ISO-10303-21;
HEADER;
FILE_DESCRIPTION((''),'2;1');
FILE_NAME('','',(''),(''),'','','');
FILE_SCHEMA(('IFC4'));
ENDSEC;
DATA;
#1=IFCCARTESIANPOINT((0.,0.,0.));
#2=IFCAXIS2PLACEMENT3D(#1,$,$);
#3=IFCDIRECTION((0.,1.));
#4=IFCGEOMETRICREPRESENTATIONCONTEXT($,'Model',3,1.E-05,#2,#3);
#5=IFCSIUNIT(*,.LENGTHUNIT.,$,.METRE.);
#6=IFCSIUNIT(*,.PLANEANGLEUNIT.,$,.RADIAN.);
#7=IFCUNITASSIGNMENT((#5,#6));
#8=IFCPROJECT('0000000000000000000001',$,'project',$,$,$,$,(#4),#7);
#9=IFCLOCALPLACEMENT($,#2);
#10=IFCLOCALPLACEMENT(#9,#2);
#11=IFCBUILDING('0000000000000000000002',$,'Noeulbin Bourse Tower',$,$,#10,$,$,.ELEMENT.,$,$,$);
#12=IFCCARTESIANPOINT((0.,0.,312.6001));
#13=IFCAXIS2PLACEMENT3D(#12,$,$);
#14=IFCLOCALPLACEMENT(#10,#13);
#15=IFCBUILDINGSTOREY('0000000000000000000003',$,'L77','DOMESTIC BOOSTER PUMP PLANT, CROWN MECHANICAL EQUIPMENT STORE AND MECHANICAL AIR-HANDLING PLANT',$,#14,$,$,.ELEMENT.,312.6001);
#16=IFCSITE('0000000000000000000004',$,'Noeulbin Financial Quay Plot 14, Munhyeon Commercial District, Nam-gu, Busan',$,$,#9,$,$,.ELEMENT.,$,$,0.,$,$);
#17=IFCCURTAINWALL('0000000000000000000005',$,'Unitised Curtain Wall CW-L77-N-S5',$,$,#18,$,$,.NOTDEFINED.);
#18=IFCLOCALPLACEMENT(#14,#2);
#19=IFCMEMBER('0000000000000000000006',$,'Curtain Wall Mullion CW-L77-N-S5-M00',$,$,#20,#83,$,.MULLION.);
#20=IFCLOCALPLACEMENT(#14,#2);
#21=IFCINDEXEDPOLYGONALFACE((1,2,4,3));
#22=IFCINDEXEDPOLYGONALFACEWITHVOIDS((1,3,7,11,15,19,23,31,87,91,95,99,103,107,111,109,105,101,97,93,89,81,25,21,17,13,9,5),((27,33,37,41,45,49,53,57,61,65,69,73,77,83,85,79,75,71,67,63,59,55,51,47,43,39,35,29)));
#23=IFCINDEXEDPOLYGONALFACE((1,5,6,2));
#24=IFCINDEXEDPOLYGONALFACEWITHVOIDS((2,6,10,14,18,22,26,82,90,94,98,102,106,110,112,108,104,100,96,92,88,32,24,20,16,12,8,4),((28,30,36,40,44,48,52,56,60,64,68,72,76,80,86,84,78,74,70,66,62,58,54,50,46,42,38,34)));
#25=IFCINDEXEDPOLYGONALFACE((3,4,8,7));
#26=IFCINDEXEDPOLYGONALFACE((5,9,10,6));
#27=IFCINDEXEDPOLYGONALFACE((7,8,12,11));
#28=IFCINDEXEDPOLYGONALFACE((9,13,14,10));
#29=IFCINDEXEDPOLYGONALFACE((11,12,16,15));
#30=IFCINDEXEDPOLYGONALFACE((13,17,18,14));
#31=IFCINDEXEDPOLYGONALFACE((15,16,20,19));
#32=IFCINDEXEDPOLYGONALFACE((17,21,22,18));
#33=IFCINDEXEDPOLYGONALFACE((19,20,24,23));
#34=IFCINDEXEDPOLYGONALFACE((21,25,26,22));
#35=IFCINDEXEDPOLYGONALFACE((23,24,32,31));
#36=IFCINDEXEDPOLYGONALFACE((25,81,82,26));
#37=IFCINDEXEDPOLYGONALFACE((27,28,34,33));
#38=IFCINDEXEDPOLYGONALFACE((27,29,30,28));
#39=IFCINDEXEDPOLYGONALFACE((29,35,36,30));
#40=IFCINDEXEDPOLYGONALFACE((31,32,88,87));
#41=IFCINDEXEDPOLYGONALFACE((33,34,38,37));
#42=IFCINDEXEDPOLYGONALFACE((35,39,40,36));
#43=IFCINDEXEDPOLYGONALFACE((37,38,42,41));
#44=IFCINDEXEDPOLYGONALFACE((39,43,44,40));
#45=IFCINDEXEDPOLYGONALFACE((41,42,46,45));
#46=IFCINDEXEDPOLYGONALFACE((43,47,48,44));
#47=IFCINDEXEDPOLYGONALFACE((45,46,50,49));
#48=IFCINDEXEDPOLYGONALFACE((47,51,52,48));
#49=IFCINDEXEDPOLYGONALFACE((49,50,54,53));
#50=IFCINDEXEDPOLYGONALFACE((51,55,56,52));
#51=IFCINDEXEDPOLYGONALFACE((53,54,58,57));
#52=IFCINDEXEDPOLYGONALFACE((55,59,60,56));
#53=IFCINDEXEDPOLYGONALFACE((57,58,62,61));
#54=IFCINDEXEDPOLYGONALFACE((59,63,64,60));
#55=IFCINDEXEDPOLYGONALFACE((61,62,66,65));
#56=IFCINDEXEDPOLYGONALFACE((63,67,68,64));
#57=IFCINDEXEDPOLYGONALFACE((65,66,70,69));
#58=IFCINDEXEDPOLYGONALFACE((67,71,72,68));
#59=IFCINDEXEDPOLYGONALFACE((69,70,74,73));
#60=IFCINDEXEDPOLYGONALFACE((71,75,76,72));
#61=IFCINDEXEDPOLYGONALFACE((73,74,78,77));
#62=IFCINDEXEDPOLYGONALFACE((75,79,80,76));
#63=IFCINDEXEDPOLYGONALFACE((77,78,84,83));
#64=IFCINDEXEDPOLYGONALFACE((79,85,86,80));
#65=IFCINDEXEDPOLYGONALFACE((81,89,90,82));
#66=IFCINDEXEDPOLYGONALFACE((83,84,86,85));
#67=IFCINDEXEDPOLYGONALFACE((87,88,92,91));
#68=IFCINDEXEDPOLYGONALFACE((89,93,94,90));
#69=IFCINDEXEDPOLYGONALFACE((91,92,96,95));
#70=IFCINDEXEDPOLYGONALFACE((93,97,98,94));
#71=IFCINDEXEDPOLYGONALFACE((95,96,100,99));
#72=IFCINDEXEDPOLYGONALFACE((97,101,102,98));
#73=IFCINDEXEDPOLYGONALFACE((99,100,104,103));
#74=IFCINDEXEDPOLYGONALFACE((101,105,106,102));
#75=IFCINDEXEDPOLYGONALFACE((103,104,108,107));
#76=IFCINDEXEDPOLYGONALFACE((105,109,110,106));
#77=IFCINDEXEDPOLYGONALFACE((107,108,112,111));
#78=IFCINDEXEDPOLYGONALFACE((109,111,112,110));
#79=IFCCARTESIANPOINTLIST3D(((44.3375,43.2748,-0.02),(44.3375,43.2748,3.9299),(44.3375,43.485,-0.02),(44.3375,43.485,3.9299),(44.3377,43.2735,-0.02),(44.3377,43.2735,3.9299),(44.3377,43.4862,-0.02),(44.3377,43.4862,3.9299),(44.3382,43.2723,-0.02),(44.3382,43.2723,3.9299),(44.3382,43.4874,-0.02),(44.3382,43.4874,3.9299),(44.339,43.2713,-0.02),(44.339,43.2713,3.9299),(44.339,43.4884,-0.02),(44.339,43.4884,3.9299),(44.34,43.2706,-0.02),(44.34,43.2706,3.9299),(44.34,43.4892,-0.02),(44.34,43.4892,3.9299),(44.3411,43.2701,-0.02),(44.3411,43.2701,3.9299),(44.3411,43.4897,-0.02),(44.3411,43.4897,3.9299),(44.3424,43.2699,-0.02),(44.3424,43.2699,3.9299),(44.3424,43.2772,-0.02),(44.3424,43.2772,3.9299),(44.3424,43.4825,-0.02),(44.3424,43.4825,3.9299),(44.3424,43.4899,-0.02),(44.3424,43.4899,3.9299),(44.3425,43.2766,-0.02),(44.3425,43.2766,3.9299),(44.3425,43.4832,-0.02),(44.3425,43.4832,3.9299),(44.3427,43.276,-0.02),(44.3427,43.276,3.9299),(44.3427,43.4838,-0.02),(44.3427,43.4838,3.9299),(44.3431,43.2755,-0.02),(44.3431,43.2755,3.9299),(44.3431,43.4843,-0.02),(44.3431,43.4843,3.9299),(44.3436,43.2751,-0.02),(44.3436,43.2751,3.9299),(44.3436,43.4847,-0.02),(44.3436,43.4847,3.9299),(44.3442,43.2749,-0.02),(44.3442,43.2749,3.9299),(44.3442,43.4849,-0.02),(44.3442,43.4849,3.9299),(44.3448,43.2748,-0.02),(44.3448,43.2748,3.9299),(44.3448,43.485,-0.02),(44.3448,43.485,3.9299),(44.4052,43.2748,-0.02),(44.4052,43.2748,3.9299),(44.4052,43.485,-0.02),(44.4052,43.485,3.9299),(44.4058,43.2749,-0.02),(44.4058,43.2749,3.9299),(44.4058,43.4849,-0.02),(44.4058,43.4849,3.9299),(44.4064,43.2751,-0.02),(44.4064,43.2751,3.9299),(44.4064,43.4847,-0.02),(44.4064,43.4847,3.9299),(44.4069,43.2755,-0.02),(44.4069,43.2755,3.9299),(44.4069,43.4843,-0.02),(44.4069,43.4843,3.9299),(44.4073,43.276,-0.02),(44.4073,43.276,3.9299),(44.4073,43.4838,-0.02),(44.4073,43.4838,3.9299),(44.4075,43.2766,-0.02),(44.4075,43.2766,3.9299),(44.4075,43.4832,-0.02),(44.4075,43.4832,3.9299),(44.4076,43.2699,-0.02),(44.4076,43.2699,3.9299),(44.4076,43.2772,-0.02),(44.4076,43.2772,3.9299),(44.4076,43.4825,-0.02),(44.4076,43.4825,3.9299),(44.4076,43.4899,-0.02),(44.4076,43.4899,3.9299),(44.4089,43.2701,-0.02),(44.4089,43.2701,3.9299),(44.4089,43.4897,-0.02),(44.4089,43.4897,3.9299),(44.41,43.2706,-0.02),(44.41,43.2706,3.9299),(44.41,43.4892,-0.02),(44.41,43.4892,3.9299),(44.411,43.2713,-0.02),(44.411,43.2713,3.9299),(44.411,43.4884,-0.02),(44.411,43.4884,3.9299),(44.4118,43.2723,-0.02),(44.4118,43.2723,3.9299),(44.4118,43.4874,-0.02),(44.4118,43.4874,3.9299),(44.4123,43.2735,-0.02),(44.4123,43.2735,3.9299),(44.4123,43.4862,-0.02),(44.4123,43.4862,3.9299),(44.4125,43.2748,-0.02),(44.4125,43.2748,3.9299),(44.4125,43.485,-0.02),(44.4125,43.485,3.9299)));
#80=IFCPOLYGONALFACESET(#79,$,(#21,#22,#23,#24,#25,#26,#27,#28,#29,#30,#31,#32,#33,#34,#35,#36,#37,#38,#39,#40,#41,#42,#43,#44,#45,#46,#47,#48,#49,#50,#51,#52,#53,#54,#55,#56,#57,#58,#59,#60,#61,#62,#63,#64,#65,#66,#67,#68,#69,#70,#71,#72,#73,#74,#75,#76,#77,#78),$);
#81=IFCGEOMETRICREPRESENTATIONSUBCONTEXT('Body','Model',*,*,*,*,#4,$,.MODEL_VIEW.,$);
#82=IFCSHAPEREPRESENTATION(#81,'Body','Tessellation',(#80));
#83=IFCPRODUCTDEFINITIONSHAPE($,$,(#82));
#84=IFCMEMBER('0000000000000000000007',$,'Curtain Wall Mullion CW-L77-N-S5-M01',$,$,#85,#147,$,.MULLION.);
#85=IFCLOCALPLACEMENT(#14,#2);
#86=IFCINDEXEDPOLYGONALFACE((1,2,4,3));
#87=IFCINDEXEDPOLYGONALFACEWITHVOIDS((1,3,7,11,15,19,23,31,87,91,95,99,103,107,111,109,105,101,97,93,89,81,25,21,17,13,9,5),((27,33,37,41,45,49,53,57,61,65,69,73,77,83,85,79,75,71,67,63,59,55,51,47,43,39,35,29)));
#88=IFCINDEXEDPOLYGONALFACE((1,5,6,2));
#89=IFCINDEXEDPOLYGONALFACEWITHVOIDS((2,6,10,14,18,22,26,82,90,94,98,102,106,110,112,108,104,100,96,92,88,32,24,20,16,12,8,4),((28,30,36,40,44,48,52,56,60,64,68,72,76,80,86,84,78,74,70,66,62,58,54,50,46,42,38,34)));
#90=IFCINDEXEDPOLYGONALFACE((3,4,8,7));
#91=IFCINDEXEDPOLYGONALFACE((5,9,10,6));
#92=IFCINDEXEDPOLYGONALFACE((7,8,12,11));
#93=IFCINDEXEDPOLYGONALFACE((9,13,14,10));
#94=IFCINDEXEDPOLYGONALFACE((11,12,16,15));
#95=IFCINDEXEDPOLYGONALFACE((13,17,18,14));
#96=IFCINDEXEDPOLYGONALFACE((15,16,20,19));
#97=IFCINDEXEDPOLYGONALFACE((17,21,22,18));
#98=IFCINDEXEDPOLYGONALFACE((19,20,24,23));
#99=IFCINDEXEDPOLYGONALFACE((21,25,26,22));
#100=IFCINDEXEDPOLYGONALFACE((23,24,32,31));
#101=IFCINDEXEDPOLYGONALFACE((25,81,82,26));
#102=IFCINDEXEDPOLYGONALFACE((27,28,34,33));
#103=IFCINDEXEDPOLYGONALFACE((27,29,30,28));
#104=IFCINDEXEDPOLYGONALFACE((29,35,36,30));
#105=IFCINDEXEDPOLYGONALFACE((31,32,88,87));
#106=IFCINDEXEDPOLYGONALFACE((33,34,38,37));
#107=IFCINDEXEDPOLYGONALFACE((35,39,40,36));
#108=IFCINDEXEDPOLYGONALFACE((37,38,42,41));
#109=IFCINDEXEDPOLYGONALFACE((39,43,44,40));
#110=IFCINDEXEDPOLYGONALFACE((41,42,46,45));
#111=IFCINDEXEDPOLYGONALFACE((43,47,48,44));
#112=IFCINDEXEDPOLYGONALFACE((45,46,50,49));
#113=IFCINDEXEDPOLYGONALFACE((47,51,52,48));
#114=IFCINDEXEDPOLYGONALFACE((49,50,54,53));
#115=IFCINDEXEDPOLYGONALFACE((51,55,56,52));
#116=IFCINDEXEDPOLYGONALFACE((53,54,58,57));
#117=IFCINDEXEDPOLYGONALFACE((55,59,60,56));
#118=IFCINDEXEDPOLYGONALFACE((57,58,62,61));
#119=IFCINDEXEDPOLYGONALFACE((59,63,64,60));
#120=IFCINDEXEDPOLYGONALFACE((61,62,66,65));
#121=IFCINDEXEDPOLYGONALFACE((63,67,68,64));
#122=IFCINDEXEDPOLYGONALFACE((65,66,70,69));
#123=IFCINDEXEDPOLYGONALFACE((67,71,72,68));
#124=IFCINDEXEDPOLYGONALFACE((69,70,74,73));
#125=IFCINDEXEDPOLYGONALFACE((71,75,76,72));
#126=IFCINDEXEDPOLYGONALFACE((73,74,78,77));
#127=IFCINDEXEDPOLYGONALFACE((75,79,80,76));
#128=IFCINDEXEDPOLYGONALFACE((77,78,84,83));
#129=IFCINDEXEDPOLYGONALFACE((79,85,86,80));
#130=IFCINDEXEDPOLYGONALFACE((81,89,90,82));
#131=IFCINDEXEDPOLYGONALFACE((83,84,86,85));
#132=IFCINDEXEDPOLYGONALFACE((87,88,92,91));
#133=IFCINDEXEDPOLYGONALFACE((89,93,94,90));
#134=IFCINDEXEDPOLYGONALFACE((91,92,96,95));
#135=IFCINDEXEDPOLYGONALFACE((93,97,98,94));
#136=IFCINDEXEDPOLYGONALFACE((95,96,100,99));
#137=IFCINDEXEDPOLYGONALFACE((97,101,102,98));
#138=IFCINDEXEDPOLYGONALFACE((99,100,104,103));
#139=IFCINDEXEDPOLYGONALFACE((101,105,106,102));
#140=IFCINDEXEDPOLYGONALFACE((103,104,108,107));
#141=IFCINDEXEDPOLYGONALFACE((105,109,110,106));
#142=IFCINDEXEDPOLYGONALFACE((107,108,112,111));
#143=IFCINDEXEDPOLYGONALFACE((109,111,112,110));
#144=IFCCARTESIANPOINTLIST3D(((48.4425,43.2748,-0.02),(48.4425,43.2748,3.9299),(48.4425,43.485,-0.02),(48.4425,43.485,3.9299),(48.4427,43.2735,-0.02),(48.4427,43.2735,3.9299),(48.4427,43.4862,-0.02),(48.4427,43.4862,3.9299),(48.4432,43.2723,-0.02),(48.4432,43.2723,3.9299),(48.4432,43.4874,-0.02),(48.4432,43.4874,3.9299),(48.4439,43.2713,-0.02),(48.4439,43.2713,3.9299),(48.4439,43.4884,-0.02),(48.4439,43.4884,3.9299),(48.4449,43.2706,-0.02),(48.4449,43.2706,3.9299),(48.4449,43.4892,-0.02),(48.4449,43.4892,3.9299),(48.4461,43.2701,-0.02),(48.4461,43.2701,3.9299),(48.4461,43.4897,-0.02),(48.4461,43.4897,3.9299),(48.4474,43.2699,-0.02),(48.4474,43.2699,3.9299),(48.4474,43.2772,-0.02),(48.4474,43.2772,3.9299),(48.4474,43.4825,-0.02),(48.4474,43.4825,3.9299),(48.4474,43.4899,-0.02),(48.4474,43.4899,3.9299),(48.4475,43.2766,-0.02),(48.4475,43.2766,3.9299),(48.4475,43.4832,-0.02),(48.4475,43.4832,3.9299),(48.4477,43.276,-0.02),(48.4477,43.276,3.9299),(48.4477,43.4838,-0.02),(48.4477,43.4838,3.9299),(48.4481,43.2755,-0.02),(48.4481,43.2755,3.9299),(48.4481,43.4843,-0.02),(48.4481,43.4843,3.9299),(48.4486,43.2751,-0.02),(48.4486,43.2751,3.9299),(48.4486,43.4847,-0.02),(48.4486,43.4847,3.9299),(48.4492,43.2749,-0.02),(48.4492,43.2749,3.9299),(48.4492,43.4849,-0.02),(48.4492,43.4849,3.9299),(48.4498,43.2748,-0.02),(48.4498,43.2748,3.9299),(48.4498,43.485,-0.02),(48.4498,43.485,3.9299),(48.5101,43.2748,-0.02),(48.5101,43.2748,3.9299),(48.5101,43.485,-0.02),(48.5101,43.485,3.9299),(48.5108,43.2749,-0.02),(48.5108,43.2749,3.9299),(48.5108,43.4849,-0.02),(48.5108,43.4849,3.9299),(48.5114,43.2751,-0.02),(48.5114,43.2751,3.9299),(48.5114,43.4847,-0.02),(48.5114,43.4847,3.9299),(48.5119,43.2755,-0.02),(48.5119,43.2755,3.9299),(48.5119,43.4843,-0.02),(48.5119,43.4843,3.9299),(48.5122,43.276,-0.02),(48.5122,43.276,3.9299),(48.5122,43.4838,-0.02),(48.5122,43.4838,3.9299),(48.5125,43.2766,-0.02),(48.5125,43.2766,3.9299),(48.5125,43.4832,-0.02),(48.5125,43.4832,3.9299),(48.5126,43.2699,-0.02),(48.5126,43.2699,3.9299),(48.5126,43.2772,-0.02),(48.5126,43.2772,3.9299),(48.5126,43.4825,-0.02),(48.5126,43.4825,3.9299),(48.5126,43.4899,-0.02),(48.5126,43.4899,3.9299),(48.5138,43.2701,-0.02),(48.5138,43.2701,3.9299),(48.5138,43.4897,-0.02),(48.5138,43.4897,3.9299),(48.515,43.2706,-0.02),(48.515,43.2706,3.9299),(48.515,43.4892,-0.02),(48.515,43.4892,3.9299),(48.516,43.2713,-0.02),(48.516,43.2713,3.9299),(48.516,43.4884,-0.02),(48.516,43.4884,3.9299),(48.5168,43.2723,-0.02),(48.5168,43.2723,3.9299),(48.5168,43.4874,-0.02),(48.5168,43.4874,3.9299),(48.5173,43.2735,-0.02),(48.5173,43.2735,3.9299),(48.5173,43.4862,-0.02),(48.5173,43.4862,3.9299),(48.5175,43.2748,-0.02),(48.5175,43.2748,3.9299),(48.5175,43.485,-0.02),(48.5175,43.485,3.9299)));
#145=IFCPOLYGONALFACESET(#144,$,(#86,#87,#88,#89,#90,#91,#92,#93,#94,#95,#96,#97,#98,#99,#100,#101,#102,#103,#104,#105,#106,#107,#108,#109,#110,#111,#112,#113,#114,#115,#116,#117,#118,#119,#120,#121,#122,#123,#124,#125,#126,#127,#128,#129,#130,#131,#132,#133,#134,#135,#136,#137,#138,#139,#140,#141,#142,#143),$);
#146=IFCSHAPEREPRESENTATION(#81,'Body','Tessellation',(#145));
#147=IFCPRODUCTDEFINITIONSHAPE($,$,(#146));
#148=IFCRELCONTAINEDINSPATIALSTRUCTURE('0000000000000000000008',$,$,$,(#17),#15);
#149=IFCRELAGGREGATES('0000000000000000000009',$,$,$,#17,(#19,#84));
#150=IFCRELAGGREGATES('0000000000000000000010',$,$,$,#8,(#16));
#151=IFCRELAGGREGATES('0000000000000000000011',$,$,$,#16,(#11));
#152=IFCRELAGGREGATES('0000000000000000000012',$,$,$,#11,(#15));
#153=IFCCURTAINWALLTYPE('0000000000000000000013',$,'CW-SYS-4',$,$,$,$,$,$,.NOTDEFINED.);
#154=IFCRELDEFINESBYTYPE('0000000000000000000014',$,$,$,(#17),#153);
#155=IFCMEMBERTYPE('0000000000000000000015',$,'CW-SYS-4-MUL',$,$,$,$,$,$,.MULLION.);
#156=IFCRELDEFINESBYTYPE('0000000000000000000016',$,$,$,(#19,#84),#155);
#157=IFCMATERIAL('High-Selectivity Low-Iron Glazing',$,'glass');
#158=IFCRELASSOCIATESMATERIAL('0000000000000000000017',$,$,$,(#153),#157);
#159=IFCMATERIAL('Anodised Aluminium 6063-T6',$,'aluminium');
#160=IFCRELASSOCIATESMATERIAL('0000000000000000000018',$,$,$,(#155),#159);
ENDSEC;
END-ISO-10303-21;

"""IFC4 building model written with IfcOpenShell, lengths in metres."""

from ifc_helpers import new_model, si_unit, direction, frame, origin, origin_2d, place, context, subcontext, project, spatial, hollow_rectangle, extrude, material, material_profile, profile_set, type_object, element, aggregate, save


model = new_model("IFC4")

# Units and contexts
model_context = context("Model", 3, precision=1e-05, world=origin(), true_north=direction((0.0, 1.0)))
body_context = subcontext(model_context, "Body", "Model", "MODEL_VIEW")
ifc_project = project(units=[si_unit("LENGTHUNIT", "METRE"), si_unit("PLANEANGLEUNIT", "RADIAN")], contexts=[model_context])

# Site, building, storey
site_placement = place(None, origin())
site = spatial("IfcSite", under=ifc_project, at=site_placement, Name="Noeulbin Financial Quay Plot 14, Munhyeon Commercial District, Nam-gu, Busan", CompositionType="ELEMENT", RefElevation=0.0)
building_placement = place(site_placement, origin())
building = spatial("IfcBuilding", under=site, at=building_placement, Name="Noeulbin Bourse Tower", CompositionType="ELEMENT")
storey_placement = place(building_placement, frame((0.0, 0.0, 312.6001)))
storey = spatial("IfcBuildingStorey", under=building, at=storey_placement, Name="L77", Description="DOMESTIC BOOSTER PUMP PLANT, CROWN MECHANICAL EQUIPMENT STORE AND MECHANICAL AIR-HANDLING PLANT", CompositionType="ELEMENT", Elevation=312.6001)

# Shared definitions
ifc_material_1 = material(Name="High-Selectivity Low-Iron Glazing", Category="glass")
curtain_wall_type = type_object("IfcCurtainWallType", Name="CW-SYS-4", PredefinedType="NOTDEFINED", material=ifc_material_1)
ifc_material_2 = material(Name="Anodised Aluminium 6063-T6", Category="aluminium")
ifc_material_profile_1 = material_profile(ifc_material_2, hollow_rectangle(XDim=0.075, YDim=0.22, WallThickness=0.0049, InnerFilletRadius=0.0024, OuterFilletRadius=0.0049, at=origin_2d()), Name="ALU-MULL-75x220x5", Category="LoadBearing")
ifc_profile_set_1 = profile_set([ifc_material_profile_1], Name="Anodised Aluminium 6063-T6")
member_type_1 = type_object("IfcMemberType", Name="CW-SYS-4-MUL", PredefinedType="MULLION", material=ifc_profile_set_1)

# Curtain wall, members
curtain_wall_1_placement = place(storey_placement, origin())
curtain_wall_1 = element("IfcCurtainWall", 1, at=curtain_wall_1_placement, inside=storey, type_object=curtain_wall_type, Name="Unitised Curtain Wall CW-L77-N-S5", PredefinedType="NOTDEFINED")
member_1_placement = place(storey_placement, frame((44.375, 43.3799, -0.02), z_axis=(0.0, 0.0, 1.0), x_axis=(1.0, 0.0, 0.0)))
member_1 = element("IfcMember", 2, at=member_1_placement, type_object=member_type_1, Name="Curtain Wall Mullion CW-L77-N-S5-M00", PredefinedType="MULLION", context=body_context, shape_type="SweptSolid", body=[
    extrude(hollow_rectangle(XDim=0.075, YDim=0.22, WallThickness=0.0049, InnerFilletRadius=0.0024, OuterFilletRadius=0.0049, at=origin_2d()), origin(), (0.0, 0.0, 1.0), 3.95),
])
member_2_placement = place(storey_placement, frame((48.48, 43.3799, -0.02), z_axis=(0.0, 0.0, 1.0), x_axis=(1.0, 0.0, 0.0)))
member_2 = element("IfcMember", 3, at=member_2_placement, type_object=member_type_1, Name="Curtain Wall Mullion CW-L77-N-S5-M01", PredefinedType="MULLION", context=body_context, shape_type="SweptSolid", body=[
    extrude(hollow_rectangle(XDim=0.075, YDim=0.22, WallThickness=0.0049, InnerFilletRadius=0.0024, OuterFilletRadius=0.0049, at=origin_2d()), origin(), (0.0, 0.0, 1.0), 3.95),
])

aggregate(curtain_wall_1, [member_1, member_2])

save(model, "model.ifc")
